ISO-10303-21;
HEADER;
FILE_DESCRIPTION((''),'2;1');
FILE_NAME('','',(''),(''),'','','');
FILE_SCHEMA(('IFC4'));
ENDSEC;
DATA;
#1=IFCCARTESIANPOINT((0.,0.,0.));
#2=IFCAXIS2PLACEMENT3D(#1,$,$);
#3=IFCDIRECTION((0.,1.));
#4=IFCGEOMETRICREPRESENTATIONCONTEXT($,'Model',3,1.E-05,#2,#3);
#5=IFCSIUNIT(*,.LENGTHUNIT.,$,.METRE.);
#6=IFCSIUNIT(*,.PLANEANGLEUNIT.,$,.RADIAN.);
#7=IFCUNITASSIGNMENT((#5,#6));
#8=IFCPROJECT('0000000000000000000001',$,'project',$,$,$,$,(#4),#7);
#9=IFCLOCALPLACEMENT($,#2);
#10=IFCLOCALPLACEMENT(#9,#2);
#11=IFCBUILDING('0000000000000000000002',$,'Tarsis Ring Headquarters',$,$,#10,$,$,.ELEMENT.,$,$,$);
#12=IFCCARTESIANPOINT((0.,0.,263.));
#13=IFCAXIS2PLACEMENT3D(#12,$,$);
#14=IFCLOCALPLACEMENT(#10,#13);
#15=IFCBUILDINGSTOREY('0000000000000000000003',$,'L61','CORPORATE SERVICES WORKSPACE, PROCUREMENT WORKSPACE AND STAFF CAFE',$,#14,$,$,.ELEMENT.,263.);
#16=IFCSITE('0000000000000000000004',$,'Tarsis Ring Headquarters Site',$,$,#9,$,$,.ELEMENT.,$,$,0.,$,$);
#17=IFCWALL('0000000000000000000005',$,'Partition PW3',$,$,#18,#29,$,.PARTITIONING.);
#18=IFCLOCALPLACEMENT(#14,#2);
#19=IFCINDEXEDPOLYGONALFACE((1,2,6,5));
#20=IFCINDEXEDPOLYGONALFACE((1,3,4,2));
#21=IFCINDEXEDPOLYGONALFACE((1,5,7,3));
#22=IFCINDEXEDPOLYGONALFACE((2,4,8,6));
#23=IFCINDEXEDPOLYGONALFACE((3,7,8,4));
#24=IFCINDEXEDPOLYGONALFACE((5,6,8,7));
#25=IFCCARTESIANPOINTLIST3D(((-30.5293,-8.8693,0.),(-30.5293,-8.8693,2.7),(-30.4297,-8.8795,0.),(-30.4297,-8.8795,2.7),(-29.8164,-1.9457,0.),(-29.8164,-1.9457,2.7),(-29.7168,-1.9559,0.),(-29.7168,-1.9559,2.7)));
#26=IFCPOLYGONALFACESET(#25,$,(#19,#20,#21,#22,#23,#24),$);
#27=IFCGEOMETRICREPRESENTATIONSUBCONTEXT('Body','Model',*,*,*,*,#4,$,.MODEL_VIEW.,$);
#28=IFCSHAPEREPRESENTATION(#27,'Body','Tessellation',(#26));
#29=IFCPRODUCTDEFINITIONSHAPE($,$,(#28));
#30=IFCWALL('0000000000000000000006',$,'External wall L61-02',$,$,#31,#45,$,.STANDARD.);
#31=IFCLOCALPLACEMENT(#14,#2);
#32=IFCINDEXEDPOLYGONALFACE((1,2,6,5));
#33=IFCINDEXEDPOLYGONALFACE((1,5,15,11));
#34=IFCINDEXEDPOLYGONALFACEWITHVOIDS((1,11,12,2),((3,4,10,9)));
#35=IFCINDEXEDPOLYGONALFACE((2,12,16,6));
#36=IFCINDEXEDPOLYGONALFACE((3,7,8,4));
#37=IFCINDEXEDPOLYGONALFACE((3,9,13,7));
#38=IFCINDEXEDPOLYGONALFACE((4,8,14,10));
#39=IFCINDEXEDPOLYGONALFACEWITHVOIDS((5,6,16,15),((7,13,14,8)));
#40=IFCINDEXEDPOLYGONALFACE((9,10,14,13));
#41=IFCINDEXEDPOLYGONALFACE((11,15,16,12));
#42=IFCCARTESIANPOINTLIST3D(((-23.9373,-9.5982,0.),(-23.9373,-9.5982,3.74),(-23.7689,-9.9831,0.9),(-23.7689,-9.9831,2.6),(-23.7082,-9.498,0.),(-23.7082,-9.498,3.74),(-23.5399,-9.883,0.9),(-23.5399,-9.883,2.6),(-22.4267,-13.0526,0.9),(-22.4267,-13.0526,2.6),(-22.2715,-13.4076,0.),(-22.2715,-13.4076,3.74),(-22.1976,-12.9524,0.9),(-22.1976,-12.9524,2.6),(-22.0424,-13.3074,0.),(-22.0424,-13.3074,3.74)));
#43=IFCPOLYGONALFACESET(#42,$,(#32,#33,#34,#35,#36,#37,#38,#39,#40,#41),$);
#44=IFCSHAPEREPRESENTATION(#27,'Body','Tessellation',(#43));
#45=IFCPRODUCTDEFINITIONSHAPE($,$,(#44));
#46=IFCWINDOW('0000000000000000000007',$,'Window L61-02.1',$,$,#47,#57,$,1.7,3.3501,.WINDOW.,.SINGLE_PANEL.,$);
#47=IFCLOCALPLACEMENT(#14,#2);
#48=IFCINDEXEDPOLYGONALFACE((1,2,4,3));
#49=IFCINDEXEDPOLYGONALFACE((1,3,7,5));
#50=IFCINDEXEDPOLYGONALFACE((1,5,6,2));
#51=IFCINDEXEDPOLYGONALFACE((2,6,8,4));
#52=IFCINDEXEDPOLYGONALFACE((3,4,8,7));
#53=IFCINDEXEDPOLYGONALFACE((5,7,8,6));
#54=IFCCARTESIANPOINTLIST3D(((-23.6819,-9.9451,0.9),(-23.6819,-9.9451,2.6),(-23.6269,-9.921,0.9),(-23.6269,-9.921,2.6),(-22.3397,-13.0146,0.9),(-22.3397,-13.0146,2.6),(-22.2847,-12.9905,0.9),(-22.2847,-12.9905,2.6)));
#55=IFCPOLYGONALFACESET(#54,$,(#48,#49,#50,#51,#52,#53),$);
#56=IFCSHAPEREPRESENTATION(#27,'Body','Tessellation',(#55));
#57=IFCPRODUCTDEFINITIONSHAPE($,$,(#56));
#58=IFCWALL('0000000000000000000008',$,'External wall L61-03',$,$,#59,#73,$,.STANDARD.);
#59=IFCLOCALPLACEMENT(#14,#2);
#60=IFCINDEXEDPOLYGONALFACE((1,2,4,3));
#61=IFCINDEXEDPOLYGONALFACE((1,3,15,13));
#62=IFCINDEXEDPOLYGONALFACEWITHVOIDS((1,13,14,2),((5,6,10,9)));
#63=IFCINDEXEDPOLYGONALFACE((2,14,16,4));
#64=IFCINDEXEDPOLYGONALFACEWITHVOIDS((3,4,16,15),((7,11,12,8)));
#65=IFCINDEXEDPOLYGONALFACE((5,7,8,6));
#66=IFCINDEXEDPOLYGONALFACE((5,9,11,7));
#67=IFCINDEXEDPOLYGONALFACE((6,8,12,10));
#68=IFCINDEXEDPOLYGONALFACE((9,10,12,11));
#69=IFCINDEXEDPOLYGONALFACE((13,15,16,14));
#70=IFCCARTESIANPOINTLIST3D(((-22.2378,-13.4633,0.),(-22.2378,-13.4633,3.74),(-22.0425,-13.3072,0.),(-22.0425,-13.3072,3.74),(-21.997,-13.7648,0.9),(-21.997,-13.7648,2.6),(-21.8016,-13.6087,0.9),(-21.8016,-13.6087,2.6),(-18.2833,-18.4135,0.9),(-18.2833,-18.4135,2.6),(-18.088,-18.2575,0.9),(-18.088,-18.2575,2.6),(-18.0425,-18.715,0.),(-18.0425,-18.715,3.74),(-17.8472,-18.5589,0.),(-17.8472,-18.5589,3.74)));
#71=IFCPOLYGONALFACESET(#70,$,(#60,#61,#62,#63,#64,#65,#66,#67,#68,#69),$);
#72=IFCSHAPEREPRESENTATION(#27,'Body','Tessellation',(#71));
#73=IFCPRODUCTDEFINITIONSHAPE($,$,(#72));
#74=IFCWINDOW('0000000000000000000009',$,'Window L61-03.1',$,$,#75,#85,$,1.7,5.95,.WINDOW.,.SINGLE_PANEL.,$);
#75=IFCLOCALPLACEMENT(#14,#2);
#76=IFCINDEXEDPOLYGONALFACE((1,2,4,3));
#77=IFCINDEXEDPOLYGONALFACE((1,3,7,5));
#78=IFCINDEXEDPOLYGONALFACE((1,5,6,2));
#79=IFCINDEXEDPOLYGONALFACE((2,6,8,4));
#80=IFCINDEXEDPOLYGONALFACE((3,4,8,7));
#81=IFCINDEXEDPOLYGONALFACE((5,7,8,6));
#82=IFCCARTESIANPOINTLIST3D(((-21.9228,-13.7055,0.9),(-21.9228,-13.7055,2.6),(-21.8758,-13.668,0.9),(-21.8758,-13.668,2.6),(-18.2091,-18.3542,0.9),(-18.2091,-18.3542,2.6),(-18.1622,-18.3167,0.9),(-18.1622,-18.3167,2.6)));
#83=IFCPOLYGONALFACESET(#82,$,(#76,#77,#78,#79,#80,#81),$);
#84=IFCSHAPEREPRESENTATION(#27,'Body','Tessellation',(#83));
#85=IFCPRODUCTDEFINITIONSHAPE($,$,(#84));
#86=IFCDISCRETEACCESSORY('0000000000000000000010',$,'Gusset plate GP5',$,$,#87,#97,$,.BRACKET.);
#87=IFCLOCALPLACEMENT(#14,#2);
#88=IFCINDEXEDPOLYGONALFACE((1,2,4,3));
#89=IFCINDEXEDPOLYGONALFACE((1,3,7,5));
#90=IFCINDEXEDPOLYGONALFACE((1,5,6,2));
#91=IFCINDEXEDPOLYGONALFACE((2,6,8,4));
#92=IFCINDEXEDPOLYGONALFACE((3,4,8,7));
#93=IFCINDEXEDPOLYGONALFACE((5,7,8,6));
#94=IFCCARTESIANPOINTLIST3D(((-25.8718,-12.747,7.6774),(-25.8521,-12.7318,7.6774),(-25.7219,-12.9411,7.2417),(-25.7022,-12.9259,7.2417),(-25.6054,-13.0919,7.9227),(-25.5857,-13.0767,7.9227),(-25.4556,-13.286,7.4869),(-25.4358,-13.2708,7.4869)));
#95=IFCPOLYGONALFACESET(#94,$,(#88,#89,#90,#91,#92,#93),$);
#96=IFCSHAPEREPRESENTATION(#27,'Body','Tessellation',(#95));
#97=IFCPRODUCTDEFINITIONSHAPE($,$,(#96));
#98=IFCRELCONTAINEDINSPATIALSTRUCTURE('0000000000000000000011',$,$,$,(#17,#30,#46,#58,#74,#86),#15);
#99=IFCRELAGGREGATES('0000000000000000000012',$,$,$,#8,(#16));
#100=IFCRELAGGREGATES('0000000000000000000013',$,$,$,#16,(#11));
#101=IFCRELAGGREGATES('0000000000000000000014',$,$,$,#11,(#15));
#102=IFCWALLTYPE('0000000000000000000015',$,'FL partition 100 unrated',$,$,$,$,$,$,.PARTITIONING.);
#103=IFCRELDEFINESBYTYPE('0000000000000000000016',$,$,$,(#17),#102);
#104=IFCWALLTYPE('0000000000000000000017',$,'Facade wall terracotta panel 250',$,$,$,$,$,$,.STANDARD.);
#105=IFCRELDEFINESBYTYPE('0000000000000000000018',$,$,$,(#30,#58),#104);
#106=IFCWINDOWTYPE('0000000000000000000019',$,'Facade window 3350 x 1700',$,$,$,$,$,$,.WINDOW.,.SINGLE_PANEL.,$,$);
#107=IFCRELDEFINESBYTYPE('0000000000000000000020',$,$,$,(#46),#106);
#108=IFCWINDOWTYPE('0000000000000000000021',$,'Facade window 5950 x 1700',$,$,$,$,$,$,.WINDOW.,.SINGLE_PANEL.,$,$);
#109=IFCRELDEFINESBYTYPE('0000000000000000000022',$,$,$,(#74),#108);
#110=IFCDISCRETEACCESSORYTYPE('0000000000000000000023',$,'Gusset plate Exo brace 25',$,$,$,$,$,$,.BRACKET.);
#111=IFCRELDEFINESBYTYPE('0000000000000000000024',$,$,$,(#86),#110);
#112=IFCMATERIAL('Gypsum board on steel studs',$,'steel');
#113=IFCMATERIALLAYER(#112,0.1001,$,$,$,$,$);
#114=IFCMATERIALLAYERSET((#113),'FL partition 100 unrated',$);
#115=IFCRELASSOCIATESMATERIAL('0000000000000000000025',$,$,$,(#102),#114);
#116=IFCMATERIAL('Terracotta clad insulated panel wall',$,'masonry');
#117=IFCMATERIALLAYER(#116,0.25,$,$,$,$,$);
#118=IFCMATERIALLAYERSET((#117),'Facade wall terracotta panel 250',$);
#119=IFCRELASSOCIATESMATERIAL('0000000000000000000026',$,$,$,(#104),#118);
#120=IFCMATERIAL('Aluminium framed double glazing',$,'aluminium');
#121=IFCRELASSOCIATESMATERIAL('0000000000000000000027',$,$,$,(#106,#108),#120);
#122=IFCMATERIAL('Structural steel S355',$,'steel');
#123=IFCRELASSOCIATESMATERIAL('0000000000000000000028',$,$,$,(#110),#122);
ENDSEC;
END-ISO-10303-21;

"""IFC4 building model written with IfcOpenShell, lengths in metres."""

from ifc_helpers import new_model, si_unit, direction, frame, frame_2d, origin, origin_2d, place, context, subcontext, project, spatial, rectangle, extrude, material, layer, layer_set, material_profile, profile_set, type_object, element, fill, save


model = new_model("IFC4")

# Units and contexts
model_context = context("Model", 3, precision=1e-05, world=origin(), true_north=direction((0.0, 1.0)))
body_context = subcontext(model_context, "Body", "Model", "MODEL_VIEW")
ifc_project = project(units=[si_unit("LENGTHUNIT", "METRE"), si_unit("PLANEANGLEUNIT", "RADIAN")], contexts=[model_context])

# Site, building, storey
site_placement = place(None, origin())
site = spatial("IfcSite", under=ifc_project, at=site_placement, Name="Tarsis Ring Headquarters Site", CompositionType="ELEMENT", RefElevation=0.0)
building_placement = place(site_placement, origin())
building = spatial("IfcBuilding", under=site, at=building_placement, Name="Tarsis Ring Headquarters", CompositionType="ELEMENT")
storey_placement = place(building_placement, frame((0.0, 0.0, 263.0)))
storey = spatial("IfcBuildingStorey", under=building, at=storey_placement, Name="L61", Description="CORPORATE SERVICES WORKSPACE, PROCUREMENT WORKSPACE AND STAFF CAFE", CompositionType="ELEMENT", Elevation=263.0)

# Shared definitions
ifc_material_1 = material(Name="Structural steel S355", Category="steel")

# Wall
ifc_material_2 = material(Name="Gypsum board on steel studs", Category="steel")
ifc_layer_1 = layer(ifc_material_2, 0.1001)
ifc_layer_set_1 = layer_set([ifc_layer_1], Name="FL partition 100 unrated")
wall_type_1 = type_object("IfcWallType", Name="FL partition 100 unrated", PredefinedType="PARTITIONING", material=ifc_layer_set_1)
wall_1_placement = place(storey_placement, frame((-30.4795, -8.8743, 0.0), z_axis=(0.0, 0.0, 1.0), x_axis=(0.102424, 0.994741, 0.0)))
element("IfcWall", 1, at=wall_1_placement, inside=storey, type_object=wall_type_1, Name="Partition PW3", PredefinedType="PARTITIONING", context=body_context, shape_type="SweptSolid", body=[
    extrude(rectangle(XDim=6.9602, YDim=0.1001, at=frame_2d((3.48, 0.0))), origin(), (0.0, 0.0, 1.0), 2.7),
])

# Walls, openings, windows
ifc_material_3 = material(Name="Terracotta clad insulated panel wall", Category="masonry")
ifc_layer_2 = layer(ifc_material_3, 0.25)
ifc_layer_set_2 = layer_set([ifc_layer_2], Name="Facade wall terracotta panel 250")
wall_type_2 = type_object("IfcWallType", Name="Facade wall terracotta panel 250", PredefinedType="STANDARD", material=ifc_layer_set_2)
wall_2_placement = place(storey_placement, frame((-23.8228, -9.5481, 0.0), z_axis=(0.0, 0.0, 1.0), x_axis=(0.400656, -0.916229, 0.0)))
wall_2 = element("IfcWall", 2, at=wall_2_placement, inside=storey, type_object=wall_type_2, Name="External wall L61-02", PredefinedType="STANDARD", context=body_context, shape_type="SweptSolid", body=[
    extrude(rectangle(XDim=4.1577, YDim=0.25, at=frame_2d((2.0789, 0.0))), origin(), (0.0, 0.0, 1.0), 3.74),
])
opening_1_placement = place(wall_2_placement, frame((0.4202, 0.0, 0.8999)))
opening_1 = element("IfcOpeningElement", 3, at=opening_1_placement, cuts=wall_2, PredefinedType="OPENING", context=body_context, shape_type="SweptSolid", body=[
    extrude(rectangle(XDim=3.3501, YDim=1.7, at=frame_2d((1.675, 0.8501))), frame((0.0, 0.135, 0.0), z_axis=(0.0, -1.0, 0.0), x_axis=(1.0, 0.0, 0.0)), (0.0, 0.0, 1.0), 0.27),
])
ifc_material_4 = material(Name="Aluminium framed double glazing", Category="aluminium")
window_type_1 = type_object("IfcWindowType", Name="Facade window 3350 x 1700", PartitioningType="SINGLE_PANEL", PredefinedType="WINDOW", material=ifc_material_4)
window_1_placement = place(opening_1_placement, origin())
window_1 = element("IfcWindow", 4, at=window_1_placement, inside=storey, type_object=window_type_1, Name="Window L61-02.1", OverallHeight=1.7, OverallWidth=3.3501, PartitioningType="SINGLE_PANEL", PredefinedType="WINDOW", context=body_context, shape_type="SweptSolid", body=[
    extrude(rectangle(XDim=3.3501, YDim=1.7, at=frame_2d((1.675, 0.8501))), frame((0.0, 0.03, 0.0), z_axis=(0.0, -1.0, 0.0), x_axis=(1.0, 0.0, 0.0)), (0.0, 0.0, 1.0), 0.0601),
])
fill(opening_1, window_1)
wall_3_placement = place(storey_placement, frame((-22.1401, -13.3853, 0.0), z_axis=(0.0, 0.0, 1.0), x_axis=(0.624146, -0.781308, 0.0)))
wall_3 = element("IfcWall", 5, at=wall_3_placement, inside=storey, type_object=wall_type_2, Name="External wall L61-03", PredefinedType="STANDARD", context=body_context, shape_type="SweptSolid", body=[
    extrude(rectangle(XDim=6.7217, YDim=0.25, at=frame_2d((3.3608, 0.0))), origin(), (0.0, 0.0, 1.0), 3.74),
])
opening_2_placement = place(wall_3_placement, frame((0.3857, 0.0, 0.8999)))
opening_2 = element("IfcOpeningElement", 6, at=opening_2_placement, cuts=wall_3, PredefinedType="OPENING", context=body_context, shape_type="SweptSolid", body=[
    extrude(rectangle(XDim=5.95, YDim=1.7, at=frame_2d((2.9751, 0.8501))), frame((0.0, 0.135, 0.0), z_axis=(0.0, -1.0, 0.0), x_axis=(1.0, 0.0, 0.0)), (0.0, 0.0, 1.0), 0.27),
])
window_type_2 = type_object("IfcWindowType", Name="Facade window 5950 x 1700", PartitioningType="SINGLE_PANEL", PredefinedType="WINDOW", material=ifc_material_4)
window_2_placement = place(opening_2_placement, origin())
window_2 = element("IfcWindow", 7, at=window_2_placement, inside=storey, type_object=window_type_2, Name="Window L61-03.1", OverallHeight=1.7, OverallWidth=5.95, PartitioningType="SINGLE_PANEL", PredefinedType="WINDOW", context=body_context, shape_type="SweptSolid", body=[
    extrude(rectangle(XDim=5.95, YDim=1.7, at=frame_2d((2.9751, 0.8501))), frame((0.0, 0.03, 0.0), z_axis=(0.0, -1.0, 0.0), x_axis=(1.0, 0.0, 0.0)), (0.0, 0.0, 1.0), 0.0601),
])
fill(opening_2, window_2)

# Discrete accessory
ifc_material_profile_1 = material_profile(ifc_material_1, rectangle(XDim=0.0249, YDim=0.5, at=origin_2d()), Name="PL 25x500")
ifc_profile_set_1 = profile_set([ifc_material_profile_1], Name="Structural steel S355")
discrete_accessory_type = type_object("IfcDiscreteAccessoryType", Name="Gusset plate Exo brace 25", PredefinedType="BRACKET", material=ifc_profile_set_1)
discrete_accessory_placement = place(storey_placement, frame((-25.7288, -12.9119, 7.8), z_axis=(0.299771, -0.38814, -0.871484), x_axis=(0.791438, 0.611249, 0.0)))
element("IfcDiscreteAccessory", 8, at=discrete_accessory_placement, inside=storey, type_object=discrete_accessory_type, Name="Gusset plate GP5", PredefinedType="BRACKET", context=body_context, shape_type="SweptSolid", body=[
    extrude(rectangle(XDim=0.0249, YDim=0.5, at=origin_2d()), origin(), (0.0, 0.0, 1.0), 0.5),
])

save(model, "model.ifc")
